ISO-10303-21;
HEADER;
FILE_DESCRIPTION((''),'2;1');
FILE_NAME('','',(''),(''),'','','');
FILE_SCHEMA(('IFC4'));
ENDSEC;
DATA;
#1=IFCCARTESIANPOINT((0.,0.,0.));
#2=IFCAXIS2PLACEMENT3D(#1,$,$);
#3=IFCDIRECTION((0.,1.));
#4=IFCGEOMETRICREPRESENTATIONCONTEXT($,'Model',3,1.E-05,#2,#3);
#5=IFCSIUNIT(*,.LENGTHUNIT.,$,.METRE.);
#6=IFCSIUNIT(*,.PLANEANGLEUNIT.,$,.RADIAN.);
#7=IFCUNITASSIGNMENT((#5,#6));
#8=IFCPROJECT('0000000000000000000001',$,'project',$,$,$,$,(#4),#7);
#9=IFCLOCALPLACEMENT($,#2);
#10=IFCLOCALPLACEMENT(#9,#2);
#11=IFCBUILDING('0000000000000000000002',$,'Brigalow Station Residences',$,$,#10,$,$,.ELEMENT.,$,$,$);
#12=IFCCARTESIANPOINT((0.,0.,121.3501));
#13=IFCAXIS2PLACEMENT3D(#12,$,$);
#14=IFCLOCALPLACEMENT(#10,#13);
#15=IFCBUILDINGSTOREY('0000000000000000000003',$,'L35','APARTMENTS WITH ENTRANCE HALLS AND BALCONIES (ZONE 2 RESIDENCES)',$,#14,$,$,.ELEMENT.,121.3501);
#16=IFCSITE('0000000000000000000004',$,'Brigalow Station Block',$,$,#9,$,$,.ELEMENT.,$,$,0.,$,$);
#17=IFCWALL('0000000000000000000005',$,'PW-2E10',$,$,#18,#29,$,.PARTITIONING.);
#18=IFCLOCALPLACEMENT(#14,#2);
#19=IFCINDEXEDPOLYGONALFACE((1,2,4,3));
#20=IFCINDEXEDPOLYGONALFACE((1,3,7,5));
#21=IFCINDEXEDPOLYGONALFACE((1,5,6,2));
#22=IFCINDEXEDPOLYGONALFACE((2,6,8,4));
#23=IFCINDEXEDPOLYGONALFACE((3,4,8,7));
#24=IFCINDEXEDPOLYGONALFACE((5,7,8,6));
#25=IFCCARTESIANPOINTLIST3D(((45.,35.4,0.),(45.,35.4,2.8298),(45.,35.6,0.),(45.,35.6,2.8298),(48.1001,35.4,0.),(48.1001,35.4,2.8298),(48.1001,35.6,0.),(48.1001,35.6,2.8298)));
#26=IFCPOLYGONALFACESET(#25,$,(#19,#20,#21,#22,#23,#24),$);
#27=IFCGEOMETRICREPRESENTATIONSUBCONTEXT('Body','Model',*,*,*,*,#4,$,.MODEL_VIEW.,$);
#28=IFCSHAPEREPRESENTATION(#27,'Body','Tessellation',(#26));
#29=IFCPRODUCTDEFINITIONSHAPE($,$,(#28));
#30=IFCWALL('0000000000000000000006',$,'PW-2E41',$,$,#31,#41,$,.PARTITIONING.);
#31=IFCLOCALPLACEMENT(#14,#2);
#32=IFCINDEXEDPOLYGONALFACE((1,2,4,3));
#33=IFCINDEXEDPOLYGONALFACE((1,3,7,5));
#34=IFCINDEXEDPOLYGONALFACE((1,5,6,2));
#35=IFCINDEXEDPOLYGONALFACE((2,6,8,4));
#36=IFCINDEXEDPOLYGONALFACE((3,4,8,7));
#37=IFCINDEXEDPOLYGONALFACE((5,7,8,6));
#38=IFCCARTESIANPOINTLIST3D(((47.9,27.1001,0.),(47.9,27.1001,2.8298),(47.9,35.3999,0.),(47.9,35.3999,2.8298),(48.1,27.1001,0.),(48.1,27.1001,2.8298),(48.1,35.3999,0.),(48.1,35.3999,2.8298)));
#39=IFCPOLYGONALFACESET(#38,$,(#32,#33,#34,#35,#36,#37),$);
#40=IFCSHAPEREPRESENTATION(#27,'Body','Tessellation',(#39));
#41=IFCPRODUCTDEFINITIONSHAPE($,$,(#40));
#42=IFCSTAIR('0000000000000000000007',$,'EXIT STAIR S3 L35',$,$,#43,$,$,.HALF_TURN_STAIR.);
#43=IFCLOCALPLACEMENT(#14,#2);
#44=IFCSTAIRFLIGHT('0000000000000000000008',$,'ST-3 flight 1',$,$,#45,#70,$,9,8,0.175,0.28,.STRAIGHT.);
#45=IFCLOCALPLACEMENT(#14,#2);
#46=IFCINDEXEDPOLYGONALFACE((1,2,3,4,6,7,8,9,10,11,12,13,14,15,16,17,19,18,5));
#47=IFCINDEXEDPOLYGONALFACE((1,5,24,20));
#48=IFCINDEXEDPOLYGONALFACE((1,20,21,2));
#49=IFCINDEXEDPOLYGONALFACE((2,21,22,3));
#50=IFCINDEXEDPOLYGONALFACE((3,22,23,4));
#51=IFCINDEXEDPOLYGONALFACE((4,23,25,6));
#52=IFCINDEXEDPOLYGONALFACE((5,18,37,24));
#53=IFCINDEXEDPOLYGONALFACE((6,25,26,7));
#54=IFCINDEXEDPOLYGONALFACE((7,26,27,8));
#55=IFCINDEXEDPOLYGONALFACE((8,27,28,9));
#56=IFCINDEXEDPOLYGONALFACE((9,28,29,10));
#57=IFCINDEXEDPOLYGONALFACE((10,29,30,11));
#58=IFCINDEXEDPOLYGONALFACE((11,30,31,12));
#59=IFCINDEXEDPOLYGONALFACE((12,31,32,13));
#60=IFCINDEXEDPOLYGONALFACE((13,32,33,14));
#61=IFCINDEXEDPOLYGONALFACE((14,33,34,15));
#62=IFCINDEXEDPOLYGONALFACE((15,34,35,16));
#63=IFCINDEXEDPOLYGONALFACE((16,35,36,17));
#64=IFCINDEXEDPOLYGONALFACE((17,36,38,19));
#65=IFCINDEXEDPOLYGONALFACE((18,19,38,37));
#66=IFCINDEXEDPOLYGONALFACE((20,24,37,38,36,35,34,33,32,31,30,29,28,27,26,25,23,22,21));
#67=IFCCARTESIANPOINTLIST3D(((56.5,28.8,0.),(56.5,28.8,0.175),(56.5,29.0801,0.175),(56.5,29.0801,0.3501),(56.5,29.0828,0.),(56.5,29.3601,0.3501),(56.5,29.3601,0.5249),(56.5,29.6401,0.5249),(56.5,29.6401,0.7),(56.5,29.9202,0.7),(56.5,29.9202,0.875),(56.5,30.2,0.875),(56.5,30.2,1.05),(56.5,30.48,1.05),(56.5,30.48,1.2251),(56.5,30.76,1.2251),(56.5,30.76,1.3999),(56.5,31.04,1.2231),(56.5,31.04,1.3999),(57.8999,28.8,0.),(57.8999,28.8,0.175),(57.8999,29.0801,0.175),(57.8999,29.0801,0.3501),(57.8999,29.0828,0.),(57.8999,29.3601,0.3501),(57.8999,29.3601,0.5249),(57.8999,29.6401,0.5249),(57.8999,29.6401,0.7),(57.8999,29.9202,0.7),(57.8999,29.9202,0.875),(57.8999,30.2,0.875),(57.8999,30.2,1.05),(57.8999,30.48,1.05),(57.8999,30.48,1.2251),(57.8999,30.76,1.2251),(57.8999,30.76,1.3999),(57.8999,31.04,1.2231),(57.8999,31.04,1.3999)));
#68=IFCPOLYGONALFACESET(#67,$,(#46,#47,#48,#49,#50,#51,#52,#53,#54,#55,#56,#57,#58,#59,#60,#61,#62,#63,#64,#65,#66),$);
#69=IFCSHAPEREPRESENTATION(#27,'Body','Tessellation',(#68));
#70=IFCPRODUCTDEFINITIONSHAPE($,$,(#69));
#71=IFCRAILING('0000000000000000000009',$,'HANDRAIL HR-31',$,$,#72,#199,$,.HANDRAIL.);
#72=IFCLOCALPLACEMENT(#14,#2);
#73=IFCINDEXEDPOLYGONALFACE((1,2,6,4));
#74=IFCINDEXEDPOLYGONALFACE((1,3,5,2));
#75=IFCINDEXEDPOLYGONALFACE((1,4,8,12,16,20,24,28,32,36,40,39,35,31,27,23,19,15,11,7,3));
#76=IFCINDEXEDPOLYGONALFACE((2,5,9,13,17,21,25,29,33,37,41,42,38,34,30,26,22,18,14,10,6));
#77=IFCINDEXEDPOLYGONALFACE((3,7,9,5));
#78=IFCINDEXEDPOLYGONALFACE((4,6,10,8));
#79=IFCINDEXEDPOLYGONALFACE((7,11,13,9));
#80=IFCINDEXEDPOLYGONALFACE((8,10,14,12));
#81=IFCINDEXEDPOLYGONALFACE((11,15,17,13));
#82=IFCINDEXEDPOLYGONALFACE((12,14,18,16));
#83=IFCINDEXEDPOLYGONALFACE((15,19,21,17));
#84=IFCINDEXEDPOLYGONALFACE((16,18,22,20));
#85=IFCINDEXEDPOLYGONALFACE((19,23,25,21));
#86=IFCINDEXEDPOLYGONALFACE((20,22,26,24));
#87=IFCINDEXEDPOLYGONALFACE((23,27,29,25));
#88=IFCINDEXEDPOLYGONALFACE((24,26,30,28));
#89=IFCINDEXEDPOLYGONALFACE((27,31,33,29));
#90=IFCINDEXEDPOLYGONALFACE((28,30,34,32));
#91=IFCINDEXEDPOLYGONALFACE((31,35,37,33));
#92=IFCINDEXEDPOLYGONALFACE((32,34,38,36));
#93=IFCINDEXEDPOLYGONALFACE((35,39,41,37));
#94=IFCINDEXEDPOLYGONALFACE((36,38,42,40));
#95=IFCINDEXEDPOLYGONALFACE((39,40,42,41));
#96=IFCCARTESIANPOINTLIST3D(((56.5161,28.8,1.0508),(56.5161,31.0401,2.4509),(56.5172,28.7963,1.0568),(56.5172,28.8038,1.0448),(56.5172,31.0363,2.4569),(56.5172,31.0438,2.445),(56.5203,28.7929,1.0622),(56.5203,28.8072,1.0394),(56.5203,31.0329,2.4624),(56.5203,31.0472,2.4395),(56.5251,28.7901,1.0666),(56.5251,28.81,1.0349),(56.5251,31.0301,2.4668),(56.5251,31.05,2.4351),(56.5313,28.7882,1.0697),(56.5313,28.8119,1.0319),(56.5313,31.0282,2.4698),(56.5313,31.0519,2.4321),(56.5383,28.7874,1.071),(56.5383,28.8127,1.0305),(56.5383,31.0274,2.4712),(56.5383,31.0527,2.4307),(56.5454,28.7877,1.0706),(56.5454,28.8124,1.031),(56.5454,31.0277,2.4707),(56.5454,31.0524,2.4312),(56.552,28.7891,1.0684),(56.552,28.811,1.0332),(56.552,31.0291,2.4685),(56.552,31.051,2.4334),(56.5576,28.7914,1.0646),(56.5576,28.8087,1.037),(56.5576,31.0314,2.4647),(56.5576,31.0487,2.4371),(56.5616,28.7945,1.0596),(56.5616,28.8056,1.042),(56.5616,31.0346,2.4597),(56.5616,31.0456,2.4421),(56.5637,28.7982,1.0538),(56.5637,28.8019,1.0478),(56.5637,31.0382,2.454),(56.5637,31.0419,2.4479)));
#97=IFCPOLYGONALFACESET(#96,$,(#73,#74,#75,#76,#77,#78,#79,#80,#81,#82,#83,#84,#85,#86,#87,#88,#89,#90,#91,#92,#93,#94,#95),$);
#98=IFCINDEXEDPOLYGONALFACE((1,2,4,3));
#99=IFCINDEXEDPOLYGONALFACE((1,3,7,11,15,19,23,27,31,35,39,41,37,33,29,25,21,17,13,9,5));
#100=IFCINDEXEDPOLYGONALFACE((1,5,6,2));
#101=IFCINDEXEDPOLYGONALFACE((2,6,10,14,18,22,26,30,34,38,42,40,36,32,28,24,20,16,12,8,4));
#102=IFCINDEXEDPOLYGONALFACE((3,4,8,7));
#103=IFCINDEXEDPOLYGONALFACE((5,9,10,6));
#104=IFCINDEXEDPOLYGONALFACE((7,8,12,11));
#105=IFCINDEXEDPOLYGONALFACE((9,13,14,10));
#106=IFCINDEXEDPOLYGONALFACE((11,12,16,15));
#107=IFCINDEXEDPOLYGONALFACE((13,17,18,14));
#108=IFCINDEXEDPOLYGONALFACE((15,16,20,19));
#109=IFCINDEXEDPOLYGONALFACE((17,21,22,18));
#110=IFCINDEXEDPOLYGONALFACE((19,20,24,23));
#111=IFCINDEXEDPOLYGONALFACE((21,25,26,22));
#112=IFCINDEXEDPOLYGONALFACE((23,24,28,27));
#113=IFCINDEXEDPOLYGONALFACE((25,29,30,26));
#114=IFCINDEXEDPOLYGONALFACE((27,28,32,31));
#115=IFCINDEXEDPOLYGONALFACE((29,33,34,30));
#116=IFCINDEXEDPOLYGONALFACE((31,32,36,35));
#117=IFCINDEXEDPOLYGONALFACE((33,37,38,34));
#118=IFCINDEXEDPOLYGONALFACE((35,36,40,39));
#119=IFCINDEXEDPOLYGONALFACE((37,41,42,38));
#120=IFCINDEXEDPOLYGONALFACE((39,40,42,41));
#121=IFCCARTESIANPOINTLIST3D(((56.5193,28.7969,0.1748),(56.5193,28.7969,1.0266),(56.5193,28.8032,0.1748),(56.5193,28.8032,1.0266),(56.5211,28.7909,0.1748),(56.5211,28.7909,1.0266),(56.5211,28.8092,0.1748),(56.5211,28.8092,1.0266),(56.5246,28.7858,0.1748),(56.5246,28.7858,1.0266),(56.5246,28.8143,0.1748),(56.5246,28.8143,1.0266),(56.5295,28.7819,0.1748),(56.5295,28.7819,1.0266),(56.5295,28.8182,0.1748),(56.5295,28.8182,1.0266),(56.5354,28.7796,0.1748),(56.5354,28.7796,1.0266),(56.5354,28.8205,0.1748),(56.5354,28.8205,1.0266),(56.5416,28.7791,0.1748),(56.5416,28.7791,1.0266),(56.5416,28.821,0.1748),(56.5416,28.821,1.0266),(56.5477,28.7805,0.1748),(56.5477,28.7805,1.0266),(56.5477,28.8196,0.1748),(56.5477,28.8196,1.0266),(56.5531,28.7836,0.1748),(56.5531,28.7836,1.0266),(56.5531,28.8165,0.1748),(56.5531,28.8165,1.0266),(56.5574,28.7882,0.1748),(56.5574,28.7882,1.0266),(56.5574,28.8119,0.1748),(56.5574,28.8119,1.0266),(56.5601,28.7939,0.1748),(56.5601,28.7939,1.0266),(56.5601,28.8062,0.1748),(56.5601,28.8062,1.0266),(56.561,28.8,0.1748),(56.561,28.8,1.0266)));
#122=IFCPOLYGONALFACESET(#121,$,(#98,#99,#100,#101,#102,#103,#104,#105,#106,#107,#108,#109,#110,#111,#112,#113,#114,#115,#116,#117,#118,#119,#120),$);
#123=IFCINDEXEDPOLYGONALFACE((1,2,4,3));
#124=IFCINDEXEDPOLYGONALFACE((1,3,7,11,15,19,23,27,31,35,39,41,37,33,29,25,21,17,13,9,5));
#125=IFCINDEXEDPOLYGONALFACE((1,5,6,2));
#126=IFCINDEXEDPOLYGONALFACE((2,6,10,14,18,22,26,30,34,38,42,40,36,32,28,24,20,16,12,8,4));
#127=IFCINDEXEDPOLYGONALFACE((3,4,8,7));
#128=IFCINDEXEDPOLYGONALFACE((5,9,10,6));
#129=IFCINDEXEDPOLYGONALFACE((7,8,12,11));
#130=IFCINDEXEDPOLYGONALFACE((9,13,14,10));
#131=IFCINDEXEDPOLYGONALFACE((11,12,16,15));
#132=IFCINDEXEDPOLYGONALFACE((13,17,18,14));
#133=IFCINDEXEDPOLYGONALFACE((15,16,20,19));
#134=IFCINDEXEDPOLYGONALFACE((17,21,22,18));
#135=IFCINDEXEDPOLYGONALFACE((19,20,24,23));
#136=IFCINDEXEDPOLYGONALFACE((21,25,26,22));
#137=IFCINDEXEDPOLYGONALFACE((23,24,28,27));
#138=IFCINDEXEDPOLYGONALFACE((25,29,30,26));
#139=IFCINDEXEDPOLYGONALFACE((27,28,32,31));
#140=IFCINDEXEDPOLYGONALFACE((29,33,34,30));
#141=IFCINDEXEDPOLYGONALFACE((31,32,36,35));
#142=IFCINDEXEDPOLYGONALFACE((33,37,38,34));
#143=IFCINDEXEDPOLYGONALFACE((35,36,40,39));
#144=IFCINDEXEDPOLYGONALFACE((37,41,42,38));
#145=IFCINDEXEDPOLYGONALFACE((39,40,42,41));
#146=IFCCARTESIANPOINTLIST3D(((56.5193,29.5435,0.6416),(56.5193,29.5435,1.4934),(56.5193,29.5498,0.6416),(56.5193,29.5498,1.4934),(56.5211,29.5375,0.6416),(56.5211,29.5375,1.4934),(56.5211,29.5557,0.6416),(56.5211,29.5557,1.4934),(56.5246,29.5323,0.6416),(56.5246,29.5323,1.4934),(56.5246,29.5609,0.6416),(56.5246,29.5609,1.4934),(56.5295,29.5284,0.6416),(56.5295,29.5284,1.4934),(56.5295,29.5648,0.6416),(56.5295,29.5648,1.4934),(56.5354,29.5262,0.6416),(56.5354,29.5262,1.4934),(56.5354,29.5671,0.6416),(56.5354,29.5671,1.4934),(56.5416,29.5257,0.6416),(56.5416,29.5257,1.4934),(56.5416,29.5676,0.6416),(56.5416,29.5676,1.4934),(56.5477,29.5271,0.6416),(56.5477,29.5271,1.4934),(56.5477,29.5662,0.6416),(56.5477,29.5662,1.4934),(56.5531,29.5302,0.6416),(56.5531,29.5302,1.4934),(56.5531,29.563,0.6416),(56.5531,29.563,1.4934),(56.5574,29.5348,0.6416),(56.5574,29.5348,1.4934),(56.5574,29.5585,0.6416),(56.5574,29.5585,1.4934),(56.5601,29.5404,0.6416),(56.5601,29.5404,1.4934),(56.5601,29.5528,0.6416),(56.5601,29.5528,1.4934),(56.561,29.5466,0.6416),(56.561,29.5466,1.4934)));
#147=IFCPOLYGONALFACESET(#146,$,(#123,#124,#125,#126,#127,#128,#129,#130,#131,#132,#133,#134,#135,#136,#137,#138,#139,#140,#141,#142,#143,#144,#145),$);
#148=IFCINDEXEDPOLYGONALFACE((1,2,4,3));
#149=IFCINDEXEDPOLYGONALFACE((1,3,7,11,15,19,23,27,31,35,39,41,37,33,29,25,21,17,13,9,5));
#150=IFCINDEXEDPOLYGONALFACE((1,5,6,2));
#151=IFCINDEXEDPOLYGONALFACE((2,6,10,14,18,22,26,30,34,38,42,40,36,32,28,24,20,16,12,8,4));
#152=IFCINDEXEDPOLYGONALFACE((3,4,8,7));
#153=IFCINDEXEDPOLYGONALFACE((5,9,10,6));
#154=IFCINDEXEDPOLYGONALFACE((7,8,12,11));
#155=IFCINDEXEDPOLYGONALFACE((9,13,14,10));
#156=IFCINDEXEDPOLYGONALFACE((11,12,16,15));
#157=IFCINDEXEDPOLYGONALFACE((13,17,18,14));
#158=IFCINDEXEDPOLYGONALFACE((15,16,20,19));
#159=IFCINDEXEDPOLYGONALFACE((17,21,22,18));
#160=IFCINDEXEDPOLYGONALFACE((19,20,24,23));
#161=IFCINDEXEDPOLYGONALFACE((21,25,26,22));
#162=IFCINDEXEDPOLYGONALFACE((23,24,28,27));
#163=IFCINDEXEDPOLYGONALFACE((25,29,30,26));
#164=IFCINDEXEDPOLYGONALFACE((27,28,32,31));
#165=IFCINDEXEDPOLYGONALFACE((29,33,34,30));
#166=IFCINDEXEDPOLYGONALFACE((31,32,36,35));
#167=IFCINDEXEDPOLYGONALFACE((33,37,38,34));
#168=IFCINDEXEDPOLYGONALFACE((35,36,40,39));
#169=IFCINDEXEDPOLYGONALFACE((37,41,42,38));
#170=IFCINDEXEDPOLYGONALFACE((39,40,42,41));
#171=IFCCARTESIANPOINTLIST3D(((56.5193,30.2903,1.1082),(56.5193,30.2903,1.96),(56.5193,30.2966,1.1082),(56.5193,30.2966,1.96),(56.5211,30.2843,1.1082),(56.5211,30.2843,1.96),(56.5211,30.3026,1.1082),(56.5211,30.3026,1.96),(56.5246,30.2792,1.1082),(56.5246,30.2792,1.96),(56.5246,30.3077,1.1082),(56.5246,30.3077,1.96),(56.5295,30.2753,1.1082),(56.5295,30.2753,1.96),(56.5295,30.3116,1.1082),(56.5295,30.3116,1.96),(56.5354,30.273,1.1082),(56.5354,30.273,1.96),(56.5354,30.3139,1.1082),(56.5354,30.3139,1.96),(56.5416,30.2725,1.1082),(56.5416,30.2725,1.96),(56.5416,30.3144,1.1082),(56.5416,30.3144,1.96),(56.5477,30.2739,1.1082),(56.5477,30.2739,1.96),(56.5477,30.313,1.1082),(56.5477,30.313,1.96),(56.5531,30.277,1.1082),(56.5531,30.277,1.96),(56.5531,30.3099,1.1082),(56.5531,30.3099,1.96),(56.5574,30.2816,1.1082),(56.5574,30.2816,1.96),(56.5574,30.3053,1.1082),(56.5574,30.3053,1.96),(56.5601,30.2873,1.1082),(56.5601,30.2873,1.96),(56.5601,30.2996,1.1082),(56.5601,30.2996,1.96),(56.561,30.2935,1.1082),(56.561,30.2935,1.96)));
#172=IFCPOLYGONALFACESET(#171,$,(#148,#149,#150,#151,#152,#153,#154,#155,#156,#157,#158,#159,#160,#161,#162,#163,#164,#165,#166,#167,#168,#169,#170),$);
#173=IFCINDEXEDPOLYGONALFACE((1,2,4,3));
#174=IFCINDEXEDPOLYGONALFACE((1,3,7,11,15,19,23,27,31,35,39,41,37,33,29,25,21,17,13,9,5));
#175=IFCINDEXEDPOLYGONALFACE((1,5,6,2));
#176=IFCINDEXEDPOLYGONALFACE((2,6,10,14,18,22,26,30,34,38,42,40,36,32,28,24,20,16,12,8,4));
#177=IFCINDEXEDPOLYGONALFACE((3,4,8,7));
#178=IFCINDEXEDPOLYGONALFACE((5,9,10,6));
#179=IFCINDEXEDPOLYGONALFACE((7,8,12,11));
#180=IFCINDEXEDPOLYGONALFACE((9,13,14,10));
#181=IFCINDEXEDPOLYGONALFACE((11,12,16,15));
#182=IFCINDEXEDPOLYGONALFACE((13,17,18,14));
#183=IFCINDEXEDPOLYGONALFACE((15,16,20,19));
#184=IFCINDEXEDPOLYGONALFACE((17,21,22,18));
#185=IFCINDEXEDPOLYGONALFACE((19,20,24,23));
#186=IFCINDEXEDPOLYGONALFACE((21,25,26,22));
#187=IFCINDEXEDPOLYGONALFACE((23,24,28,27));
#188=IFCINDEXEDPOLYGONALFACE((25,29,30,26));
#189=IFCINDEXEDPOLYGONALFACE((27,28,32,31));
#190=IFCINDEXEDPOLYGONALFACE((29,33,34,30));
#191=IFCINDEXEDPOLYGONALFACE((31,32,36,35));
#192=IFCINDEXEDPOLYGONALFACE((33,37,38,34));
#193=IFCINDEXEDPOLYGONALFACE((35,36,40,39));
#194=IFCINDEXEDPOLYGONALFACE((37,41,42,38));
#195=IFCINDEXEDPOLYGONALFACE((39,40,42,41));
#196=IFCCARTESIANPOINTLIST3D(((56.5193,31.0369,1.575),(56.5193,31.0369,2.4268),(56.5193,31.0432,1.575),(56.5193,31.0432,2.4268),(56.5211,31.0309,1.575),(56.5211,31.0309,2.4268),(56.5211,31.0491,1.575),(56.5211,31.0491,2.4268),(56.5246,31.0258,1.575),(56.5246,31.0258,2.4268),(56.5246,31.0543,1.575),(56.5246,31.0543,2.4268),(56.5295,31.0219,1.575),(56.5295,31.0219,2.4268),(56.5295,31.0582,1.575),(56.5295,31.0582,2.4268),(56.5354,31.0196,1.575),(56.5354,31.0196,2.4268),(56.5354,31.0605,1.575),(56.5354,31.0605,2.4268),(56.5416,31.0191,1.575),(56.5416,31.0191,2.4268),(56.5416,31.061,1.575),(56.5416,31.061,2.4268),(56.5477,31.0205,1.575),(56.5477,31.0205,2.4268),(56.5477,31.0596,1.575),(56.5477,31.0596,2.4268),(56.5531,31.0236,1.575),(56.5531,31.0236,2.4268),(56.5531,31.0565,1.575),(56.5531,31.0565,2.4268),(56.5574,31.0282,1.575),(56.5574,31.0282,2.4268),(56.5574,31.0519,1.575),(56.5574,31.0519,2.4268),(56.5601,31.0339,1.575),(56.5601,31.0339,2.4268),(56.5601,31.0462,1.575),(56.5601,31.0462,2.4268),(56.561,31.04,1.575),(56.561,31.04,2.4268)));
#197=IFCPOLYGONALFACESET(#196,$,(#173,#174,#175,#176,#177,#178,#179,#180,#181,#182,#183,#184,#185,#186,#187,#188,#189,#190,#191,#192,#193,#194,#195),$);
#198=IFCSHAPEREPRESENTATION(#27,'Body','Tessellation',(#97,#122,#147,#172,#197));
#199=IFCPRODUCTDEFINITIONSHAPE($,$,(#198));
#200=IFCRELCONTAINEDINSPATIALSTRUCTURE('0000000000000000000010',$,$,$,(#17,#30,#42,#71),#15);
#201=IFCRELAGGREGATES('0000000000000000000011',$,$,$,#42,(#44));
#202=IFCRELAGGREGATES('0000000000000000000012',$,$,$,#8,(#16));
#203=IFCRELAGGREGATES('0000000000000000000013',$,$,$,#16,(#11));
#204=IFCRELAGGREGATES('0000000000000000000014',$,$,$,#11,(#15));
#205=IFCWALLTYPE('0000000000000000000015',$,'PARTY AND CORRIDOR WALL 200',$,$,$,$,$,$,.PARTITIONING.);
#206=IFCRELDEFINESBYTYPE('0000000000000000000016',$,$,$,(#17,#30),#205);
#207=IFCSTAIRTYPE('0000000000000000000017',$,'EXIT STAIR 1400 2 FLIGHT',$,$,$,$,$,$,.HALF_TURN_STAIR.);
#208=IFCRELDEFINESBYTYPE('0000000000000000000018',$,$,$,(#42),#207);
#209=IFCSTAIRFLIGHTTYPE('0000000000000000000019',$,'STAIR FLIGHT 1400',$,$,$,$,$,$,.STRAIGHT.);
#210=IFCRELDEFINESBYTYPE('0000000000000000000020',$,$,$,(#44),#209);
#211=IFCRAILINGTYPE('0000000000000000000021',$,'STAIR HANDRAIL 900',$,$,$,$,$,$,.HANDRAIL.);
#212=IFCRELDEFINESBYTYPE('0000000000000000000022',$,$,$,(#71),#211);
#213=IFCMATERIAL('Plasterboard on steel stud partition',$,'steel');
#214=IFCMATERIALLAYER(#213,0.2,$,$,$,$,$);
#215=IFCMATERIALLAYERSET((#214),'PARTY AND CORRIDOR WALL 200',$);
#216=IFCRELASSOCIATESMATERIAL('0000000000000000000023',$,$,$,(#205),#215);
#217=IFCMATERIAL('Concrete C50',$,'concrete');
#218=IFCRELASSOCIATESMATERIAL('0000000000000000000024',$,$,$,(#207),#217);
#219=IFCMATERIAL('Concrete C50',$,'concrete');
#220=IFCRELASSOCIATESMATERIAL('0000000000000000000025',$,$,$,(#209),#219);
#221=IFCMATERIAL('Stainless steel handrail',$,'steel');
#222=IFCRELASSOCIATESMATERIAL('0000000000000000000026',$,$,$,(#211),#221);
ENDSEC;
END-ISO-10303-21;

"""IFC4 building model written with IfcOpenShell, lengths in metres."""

from ifc_helpers import new_model, si_unit, direction, frame, frame_2d, origin, origin_2d, place, context, subcontext, project, spatial, polyline, rectangle, circle, outline, extrude, material, layer, layer_set, type_object, element, aggregate, save


model = new_model("IFC4")

# Units and contexts
model_context = context("Model", 3, precision=1e-05, world=origin(), true_north=direction((0.0, 1.0)))
body_context = subcontext(model_context, "Body", "Model", "MODEL_VIEW")
ifc_project = project(units=[si_unit("LENGTHUNIT", "METRE"), si_unit("PLANEANGLEUNIT", "RADIAN")], contexts=[model_context])

# Site, building, storey
site_placement = place(None, origin())
site = spatial("IfcSite", under=ifc_project, at=site_placement, Name="Brigalow Station Block", CompositionType="ELEMENT", RefElevation=0.0)
building_placement = place(site_placement, origin())
building = spatial("IfcBuilding", under=site, at=building_placement, Name="Brigalow Station Residences", CompositionType="ELEMENT")
storey_placement = place(building_placement, frame((0.0, 0.0, 121.3501)))
storey = spatial("IfcBuildingStorey", under=building, at=storey_placement, Name="L35", Description="APARTMENTS WITH ENTRANCE HALLS AND BALCONIES (ZONE 2 RESIDENCES)", CompositionType="ELEMENT", Elevation=121.3501)

# Shared definitions
ifc_material_1 = material(Name="Plasterboard on steel stud partition", Category="steel")
ifc_layer_1 = layer(ifc_material_1, 0.2)
ifc_layer_set_1 = layer_set([ifc_layer_1], Name="PARTY AND CORRIDOR WALL 200")
wall_type_1 = type_object("IfcWallType", Name="PARTY AND CORRIDOR WALL 200", PredefinedType="PARTITIONING", material=ifc_layer_set_1)

# Walls
wall_1_placement = place(storey_placement, frame((45.0, 35.5, 0.0), z_axis=(0.0, 0.0, 1.0), x_axis=(1.0, 0.0, 0.0)))
element("IfcWall", 1, at=wall_1_placement, inside=storey, type_object=wall_type_1, Name="PW-2E10", PredefinedType="PARTITIONING", context=body_context, shape_type="SweptSolid", body=[
    extrude(rectangle(XDim=3.1001, YDim=0.2, at=frame_2d((1.55, 0.0))), origin(), (0.0, 0.0, 1.0), 2.8298),
])
wall_2_placement = place(storey_placement, frame((48.0, 27.1001, 0.0), z_axis=(0.0, 0.0, 1.0), x_axis=(0.0, 1.0, 0.0)))
element("IfcWall", 2, at=wall_2_placement, inside=storey, type_object=wall_type_1, Name="PW-2E41", PredefinedType="PARTITIONING", context=body_context, shape_type="SweptSolid", body=[
    extrude(rectangle(XDim=8.2998, YDim=0.2, at=frame_2d((4.1499, 0.0))), origin(), (0.0, 0.0, 1.0), 2.8298),
])

# Stair, stair flight
ifc_material_2 = material(Name="Concrete C50", Category="concrete")
stair_type = type_object("IfcStairType", Name="EXIT STAIR 1400 2 FLIGHT", PredefinedType="HALF_TURN_STAIR", material=ifc_material_2)
stair_placement = place(storey_placement, origin())
stair = element("IfcStair", 3, at=stair_placement, inside=storey, type_object=stair_type, Name="EXIT STAIR S3 L35", PredefinedType="HALF_TURN_STAIR")
ifc_material_3 = material(Name="Concrete C50", Category="concrete")
stair_flight_type = type_object("IfcStairFlightType", Name="STAIR FLIGHT 1400", PredefinedType="STRAIGHT", material=ifc_material_3)
stair_flight_placement = place(storey_placement, frame((57.2, 28.8, 0.0), z_axis=(0.0, 0.0, 1.0), x_axis=(0.0, 1.0, 0.0)))
stair_flight = element("IfcStairFlight", 4, at=stair_flight_placement, type_object=stair_flight_type, Name="ST-3 flight 1", NumberOfRisers=9, NumberOfTreads=8, PredefinedType="STRAIGHT", RiserHeight=0.175, TreadLength=0.28, context=body_context, shape_type="SweptSolid", body=[
    extrude(outline(polyline([(0.0, 0.0), (0.0, 0.175), (0.28, 0.175), (0.28, 0.3501), (0.5601, 0.3501), (0.5601, 0.5249), (0.8401, 0.5249), (0.8401, 0.7), (1.1201, 0.7), (1.1201, 0.875), (1.3999, 0.875), (1.3999, 1.05), (1.6799, 1.05), (1.6799, 1.2251), (1.96, 1.2251), (1.96, 1.3999), (2.24, 1.3999), (2.24, 1.575), (2.24, 1.2231), (0.2827, 0.0), (0.0, 0.0)])), frame((0.0, 0.7, 0.0), z_axis=(0.0, -1.0, 0.0), x_axis=(1.0, 0.0, 0.0)), (0.0, 0.0, 1.0), 1.3999),
])
aggregate(stair, [stair_flight])

# Railing
ifc_material_4 = material(Name="Stainless steel handrail", Category="steel")
railing_type_1 = type_object("IfcRailingType", Name="STAIR HANDRAIL 900", PredefinedType="HANDRAIL", material=ifc_material_4)
railing_1_placement = place(storey_placement, frame((56.54, 28.8, 0.1748)))
element("IfcRailing", 5, at=railing_1_placement, inside=storey, type_object=railing_type_1, Name="HANDRAIL HR-31", PredefinedType="HANDRAIL", context=body_context, shape_type="SweptSolid", body=[
    extrude(circle(Radius=0.0239, at=origin_2d()), frame((0.0, 0.0, 0.876), z_axis=(0.0, 0.847972, 0.53004), x_axis=(-1.0, 0.0, 0.0)), (0.0, 0.0, 1.0), 2.6416),
    extrude(circle(Radius=0.021, at=origin_2d()), origin(), (0.0, 0.0, 1.0), 0.8518),
    extrude(circle(Radius=0.021, at=origin_2d()), frame((0.0, 0.7466, 0.4668)), (0.0, 0.0, 1.0), 0.8518),
    extrude(circle(Radius=0.021, at=origin_2d()), frame((0.0, 1.4934, 0.9333)), (0.0, 0.0, 1.0), 0.8518),
    extrude(circle(Radius=0.021, at=origin_2d()), frame((0.0, 2.24, 1.4001)), (0.0, 0.0, 1.0), 0.8518),
])

save(model, "model.ifc")
